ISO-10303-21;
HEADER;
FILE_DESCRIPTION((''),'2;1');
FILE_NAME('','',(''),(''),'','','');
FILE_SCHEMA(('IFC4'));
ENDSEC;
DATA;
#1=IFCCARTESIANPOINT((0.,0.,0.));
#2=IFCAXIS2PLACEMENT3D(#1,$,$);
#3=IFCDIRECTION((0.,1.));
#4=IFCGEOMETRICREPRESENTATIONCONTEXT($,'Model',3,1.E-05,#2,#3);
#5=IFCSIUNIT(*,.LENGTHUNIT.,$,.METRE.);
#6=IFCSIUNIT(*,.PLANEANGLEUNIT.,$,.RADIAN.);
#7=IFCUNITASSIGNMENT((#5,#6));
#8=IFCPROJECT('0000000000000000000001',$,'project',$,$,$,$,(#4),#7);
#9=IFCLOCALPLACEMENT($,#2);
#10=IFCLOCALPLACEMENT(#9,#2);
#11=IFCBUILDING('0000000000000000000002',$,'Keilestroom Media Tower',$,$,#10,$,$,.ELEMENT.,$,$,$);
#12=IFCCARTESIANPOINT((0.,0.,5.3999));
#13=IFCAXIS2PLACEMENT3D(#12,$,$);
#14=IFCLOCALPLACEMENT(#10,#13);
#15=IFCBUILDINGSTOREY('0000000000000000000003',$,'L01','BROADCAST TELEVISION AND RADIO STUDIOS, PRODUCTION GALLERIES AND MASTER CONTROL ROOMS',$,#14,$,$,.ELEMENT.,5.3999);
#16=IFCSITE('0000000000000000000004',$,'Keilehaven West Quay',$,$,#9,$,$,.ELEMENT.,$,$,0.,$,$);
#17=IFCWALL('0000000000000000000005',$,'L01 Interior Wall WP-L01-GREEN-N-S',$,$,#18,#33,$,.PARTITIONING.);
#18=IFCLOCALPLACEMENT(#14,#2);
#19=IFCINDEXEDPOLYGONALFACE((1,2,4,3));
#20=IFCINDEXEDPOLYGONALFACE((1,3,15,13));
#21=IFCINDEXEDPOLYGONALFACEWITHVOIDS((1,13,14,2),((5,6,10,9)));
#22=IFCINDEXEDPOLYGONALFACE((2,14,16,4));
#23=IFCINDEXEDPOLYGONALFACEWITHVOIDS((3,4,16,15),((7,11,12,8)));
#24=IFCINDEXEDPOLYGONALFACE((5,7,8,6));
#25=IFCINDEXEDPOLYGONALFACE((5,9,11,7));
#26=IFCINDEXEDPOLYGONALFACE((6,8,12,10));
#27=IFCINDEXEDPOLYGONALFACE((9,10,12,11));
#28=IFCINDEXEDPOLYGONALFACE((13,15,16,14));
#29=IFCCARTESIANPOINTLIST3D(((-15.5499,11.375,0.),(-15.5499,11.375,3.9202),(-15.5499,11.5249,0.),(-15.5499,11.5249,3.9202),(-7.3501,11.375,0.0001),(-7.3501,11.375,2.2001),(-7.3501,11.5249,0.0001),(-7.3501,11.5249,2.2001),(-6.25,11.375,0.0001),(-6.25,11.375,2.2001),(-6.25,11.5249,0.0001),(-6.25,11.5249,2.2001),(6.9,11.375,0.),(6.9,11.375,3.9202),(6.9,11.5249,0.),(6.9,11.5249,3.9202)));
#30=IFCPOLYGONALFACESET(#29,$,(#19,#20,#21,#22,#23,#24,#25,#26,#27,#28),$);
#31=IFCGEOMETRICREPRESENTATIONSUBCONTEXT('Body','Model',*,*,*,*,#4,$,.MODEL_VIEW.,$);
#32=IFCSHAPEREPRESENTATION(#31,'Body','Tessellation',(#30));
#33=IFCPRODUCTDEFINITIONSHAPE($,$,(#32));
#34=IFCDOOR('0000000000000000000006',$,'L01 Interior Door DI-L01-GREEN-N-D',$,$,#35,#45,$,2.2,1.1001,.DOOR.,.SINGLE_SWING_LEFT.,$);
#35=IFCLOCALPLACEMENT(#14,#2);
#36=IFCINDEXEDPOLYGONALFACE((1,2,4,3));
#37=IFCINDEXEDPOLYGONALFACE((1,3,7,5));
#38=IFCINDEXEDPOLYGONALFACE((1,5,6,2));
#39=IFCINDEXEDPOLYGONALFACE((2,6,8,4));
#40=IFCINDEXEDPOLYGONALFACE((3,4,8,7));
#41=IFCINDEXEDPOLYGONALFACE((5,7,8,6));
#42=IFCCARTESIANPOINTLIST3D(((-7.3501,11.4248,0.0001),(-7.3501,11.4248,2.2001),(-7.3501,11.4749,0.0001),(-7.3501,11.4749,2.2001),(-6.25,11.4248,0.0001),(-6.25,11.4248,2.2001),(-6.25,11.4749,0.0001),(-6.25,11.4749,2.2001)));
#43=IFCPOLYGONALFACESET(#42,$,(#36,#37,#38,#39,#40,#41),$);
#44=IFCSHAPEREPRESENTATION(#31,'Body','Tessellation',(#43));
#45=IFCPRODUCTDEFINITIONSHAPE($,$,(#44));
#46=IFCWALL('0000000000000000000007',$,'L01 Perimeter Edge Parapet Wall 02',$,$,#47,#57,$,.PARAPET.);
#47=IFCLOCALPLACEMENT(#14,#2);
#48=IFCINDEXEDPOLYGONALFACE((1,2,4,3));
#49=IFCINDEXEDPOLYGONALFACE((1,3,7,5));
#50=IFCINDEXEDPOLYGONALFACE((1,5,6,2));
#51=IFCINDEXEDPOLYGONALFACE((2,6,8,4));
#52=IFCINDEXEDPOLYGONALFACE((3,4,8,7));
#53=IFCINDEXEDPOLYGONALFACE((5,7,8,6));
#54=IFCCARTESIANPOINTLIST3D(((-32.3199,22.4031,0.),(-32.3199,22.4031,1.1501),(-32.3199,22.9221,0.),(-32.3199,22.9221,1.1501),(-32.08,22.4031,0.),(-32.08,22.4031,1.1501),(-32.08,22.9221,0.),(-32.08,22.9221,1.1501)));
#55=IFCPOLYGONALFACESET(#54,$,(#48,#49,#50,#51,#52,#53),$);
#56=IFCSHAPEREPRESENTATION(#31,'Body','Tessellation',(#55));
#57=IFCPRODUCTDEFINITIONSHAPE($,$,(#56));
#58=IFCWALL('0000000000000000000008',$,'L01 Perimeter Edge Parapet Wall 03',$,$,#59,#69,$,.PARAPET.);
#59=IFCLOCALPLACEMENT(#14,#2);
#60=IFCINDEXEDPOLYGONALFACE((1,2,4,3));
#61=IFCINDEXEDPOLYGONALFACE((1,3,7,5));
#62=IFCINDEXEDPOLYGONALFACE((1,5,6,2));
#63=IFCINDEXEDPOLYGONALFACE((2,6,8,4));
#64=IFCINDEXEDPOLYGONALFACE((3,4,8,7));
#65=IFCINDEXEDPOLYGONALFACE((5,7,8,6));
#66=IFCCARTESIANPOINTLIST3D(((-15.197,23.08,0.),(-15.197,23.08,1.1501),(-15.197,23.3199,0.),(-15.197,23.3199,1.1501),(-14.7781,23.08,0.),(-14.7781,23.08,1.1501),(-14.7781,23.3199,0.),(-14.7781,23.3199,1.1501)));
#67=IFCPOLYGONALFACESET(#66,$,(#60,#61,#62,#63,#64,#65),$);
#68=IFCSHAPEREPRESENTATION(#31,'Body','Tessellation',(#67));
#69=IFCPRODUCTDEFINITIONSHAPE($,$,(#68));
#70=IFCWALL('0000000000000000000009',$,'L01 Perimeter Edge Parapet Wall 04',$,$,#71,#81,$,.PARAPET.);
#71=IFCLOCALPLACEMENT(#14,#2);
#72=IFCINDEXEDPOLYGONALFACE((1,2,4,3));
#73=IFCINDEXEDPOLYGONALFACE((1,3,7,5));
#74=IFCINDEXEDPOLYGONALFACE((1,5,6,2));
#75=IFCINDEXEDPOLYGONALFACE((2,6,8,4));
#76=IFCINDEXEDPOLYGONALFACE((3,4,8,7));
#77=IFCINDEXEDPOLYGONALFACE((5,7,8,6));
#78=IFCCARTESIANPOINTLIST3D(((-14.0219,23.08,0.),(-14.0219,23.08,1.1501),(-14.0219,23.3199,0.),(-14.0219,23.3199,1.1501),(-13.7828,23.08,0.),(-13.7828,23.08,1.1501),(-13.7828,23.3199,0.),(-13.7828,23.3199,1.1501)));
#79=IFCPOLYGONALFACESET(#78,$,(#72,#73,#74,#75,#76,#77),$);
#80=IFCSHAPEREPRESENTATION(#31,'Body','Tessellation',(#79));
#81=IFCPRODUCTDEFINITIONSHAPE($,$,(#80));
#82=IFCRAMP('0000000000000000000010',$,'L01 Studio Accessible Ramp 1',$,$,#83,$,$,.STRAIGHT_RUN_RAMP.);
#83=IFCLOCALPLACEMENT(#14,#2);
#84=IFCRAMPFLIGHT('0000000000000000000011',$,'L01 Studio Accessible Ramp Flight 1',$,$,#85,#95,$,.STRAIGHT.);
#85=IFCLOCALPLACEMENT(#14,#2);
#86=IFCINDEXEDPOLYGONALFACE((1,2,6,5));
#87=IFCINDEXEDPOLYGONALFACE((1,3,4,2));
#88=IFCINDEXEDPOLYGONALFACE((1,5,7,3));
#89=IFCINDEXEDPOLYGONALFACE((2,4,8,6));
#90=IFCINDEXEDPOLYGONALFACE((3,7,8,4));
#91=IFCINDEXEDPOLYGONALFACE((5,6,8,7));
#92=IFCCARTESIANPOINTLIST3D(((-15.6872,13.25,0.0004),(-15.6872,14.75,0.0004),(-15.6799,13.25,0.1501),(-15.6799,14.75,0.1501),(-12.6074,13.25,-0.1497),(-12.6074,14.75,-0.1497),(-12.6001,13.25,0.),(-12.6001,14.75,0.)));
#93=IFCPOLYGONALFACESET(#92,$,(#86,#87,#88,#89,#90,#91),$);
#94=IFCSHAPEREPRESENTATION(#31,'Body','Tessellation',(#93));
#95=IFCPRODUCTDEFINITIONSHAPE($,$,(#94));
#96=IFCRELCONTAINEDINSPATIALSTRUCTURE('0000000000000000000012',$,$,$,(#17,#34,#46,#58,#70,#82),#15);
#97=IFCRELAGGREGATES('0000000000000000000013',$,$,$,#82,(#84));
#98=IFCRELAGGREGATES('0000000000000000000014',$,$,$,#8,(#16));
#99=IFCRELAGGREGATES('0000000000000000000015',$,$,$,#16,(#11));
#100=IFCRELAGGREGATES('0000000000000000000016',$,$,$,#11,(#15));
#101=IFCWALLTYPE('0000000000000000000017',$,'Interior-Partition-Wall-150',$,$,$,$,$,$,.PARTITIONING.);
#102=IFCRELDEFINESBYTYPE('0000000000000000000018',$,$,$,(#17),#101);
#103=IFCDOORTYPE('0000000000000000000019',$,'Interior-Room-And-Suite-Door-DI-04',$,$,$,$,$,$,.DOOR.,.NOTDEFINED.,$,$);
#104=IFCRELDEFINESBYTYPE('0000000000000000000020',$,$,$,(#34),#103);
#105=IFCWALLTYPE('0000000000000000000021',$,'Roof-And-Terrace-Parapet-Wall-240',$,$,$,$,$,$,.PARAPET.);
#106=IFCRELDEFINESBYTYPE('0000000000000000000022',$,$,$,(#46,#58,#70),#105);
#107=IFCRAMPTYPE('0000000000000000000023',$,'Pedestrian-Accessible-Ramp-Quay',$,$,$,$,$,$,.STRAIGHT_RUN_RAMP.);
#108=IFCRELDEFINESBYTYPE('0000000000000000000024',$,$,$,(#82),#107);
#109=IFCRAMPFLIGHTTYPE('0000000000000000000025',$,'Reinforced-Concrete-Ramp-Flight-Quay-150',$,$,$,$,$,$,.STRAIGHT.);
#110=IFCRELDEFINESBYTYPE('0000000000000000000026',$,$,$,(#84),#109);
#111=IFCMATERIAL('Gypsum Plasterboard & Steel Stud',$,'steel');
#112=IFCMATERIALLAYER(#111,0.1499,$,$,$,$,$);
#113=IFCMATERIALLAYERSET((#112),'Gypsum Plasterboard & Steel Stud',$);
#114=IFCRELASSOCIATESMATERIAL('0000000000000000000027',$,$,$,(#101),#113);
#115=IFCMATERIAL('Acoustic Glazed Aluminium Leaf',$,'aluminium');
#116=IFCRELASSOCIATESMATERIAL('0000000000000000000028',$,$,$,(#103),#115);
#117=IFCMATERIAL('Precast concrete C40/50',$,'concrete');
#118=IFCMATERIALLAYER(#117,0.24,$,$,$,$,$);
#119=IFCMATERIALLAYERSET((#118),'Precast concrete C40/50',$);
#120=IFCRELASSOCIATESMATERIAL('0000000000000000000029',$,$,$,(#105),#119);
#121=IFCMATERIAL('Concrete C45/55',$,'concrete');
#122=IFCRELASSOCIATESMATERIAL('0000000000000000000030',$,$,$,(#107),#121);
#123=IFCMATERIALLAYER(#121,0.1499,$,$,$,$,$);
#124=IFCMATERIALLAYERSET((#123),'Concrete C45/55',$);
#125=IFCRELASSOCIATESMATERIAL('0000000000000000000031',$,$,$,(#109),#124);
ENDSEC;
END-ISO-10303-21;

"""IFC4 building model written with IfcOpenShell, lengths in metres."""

from ifc_helpers import new_model, si_unit, direction, frame, frame_2d, origin, place, context, subcontext, project, spatial, polyline, rectangle, outline, extrude, source, transform, mapped, material, layer, layer_set, type_object, element, fill, aggregate, save


model = new_model("IFC4")

# Units and contexts
model_context = context("Model", 3, precision=1e-05, world=origin(), true_north=direction((0.0, 1.0)))
body_context = subcontext(model_context, "Body", "Model", "MODEL_VIEW")
ifc_project = project(units=[si_unit("LENGTHUNIT", "METRE"), si_unit("PLANEANGLEUNIT", "RADIAN")], contexts=[model_context])

# Site, building, storey
site_placement = place(None, origin())
site = spatial("IfcSite", under=ifc_project, at=site_placement, Name="Keilehaven West Quay", CompositionType="ELEMENT", RefElevation=0.0)
building_placement = place(site_placement, origin())
building = spatial("IfcBuilding", under=site, at=building_placement, Name="Keilestroom Media Tower", CompositionType="ELEMENT")
storey_placement = place(building_placement, frame((0.0, 0.0, 5.3999)))
storey = spatial("IfcBuildingStorey", under=building, at=storey_placement, Name="L01", Description="BROADCAST TELEVISION AND RADIO STUDIOS, PRODUCTION GALLERIES AND MASTER CONTROL ROOMS", CompositionType="ELEMENT", Elevation=5.3999)

# Shared definitions
ifc_material_1 = material(Name="Precast concrete C40/50", Category="concrete")

# Shared definitions
ifc_material_2 = material(Name="Concrete C45/55", Category="concrete")

# Wall, opening, door
ifc_material_3 = material(Name="Gypsum Plasterboard & Steel Stud", Category="steel")
ifc_layer_1 = layer(ifc_material_3, 0.1499)
ifc_layer_set_1 = layer_set([ifc_layer_1], Name="Gypsum Plasterboard & Steel Stud")
wall_type_1 = type_object("IfcWallType", Name="Interior-Partition-Wall-150", PredefinedType="PARTITIONING", material=ifc_layer_set_1)
wall_1_placement = place(storey_placement, frame((-15.55, 11.45, 0.0), z_axis=(0.0, 0.0, 1.0), x_axis=(1.0, 0.0, 0.0)))
wall_1 = element("IfcWall", 1, at=wall_1_placement, inside=storey, type_object=wall_type_1, Name="L01 Interior Wall WP-L01-GREEN-N-S", PredefinedType="PARTITIONING", context=body_context, shape_type="SweptSolid", body=[
    extrude(rectangle(XDim=22.45, YDim=0.1499, at=frame_2d((11.2251, 0.0))), origin(), (0.0, 0.0, 1.0), 3.9202),
])
opening_1_placement = place(wall_1_placement, frame((8.2, 0.0, 0.0)))
opening_1 = element("IfcOpeningElement", 2, at=opening_1_placement, cuts=wall_1, PredefinedType="OPENING", context=body_context, shape_type="SweptSolid", body=[
    extrude(rectangle(XDim=1.1001, YDim=2.2, at=frame_2d((0.55, 1.1001))), frame((0.0, 0.085, 0.0), z_axis=(0.0, -1.0, 0.0), x_axis=(1.0, 0.0, 0.0)), (0.0, 0.0, 1.0), 0.1699),
])
ifc_material_4 = material(Name="Acoustic Glazed Aluminium Leaf", Category="aluminium")
door_type_1 = type_object("IfcDoorType", Name="Interior-Room-And-Suite-Door-DI-04", OperationType="NOTDEFINED", PredefinedType="DOOR", material=ifc_material_4)
shared_shape_1 = source(origin(), body_context, "Body", "SweptSolid", [
    extrude(rectangle(XDim=1.1001, YDim=2.2, at=frame_2d((0.55, 1.1001))), frame((0.0, 0.0249, 0.0), z_axis=(0.0, -1.0, 0.0), x_axis=(1.0, 0.0, 0.0)), (0.0, 0.0, 1.0), 0.05),
])
door_1_placement = place(opening_1_placement, origin())
door_1 = element("IfcDoor", 3, at=door_1_placement, inside=storey, type_object=door_type_1, Name="L01 Interior Door DI-L01-GREEN-N-D", OperationType="SINGLE_SWING_LEFT", OverallHeight=2.2, OverallWidth=1.1001, PredefinedType="DOOR", context=body_context, shape_type="MappedRepresentation", body=[
    mapped(shared_shape_1, transform((0.0, 0.0, 0.0), x_axis=(1.0, 0.0, 0.0), y_axis=(0.0, 1.0, 0.0), z_axis=(0.0, 0.0, 1.0), scale=1.0)),
])
fill(opening_1, door_1)

# Walls
ifc_layer_2 = layer(ifc_material_1, 0.24)
ifc_layer_set_2 = layer_set([ifc_layer_2], Name="Precast concrete C40/50")
wall_type_2 = type_object("IfcWallType", Name="Roof-And-Terrace-Parapet-Wall-240", PredefinedType="PARAPET", material=ifc_layer_set_2)
wall_2_placement = place(storey_placement, frame((-32.2, 22.4031, 0.0), z_axis=(0.0, 0.0, 1.0), x_axis=(0.0, 1.0, 0.0)))
element("IfcWall", 4, at=wall_2_placement, inside=storey, type_object=wall_type_2, Name="L01 Perimeter Edge Parapet Wall 02", PredefinedType="PARAPET", context=body_context, shape_type="SweptSolid", body=[
    extrude(rectangle(XDim=0.519, YDim=0.24, at=frame_2d((0.2595, 0.0))), origin(), (0.0, 0.0, 1.0), 1.1501),
])
wall_3_placement = place(storey_placement, frame((-15.197, 23.2, 0.0), z_axis=(0.0, 0.0, 1.0), x_axis=(1.0, 0.0, 0.0)))
element("IfcWall", 5, at=wall_3_placement, inside=storey, type_object=wall_type_2, Name="L01 Perimeter Edge Parapet Wall 03", PredefinedType="PARAPET", context=body_context, shape_type="SweptSolid", body=[
    extrude(rectangle(XDim=0.4189, YDim=0.24, at=frame_2d((0.2095, 0.0))), origin(), (0.0, 0.0, 1.0), 1.1501),
])
wall_4_placement = place(storey_placement, frame((-14.022, 23.2, 0.0), z_axis=(0.0, 0.0, 1.0), x_axis=(1.0, 0.0, 0.0)))
element("IfcWall", 6, at=wall_4_placement, inside=storey, type_object=wall_type_2, Name="L01 Perimeter Edge Parapet Wall 04", PredefinedType="PARAPET", context=body_context, shape_type="SweptSolid", body=[
    extrude(rectangle(XDim=0.239, YDim=0.24, at=frame_2d((0.1196, 0.0))), origin(), (0.0, 0.0, 1.0), 1.1501),
])

# Ramp, ramp flight
ramp_type = type_object("IfcRampType", Name="Pedestrian-Accessible-Ramp-Quay", PredefinedType="STRAIGHT_RUN_RAMP", material=ifc_material_2)
ramp_placement = place(storey_placement, origin())
ramp = element("IfcRamp", 7, at=ramp_placement, inside=storey, type_object=ramp_type, Name="L01 Studio Accessible Ramp 1", PredefinedType="STRAIGHT_RUN_RAMP")
ifc_layer_3 = layer(ifc_material_2, 0.1499)
ifc_layer_set_3 = layer_set([ifc_layer_3], Name="Concrete C45/55")
ramp_flight_type = type_object("IfcRampFlightType", Name="Reinforced-Concrete-Ramp-Flight-Quay-150", PredefinedType="STRAIGHT", material=ifc_layer_set_3)
ramp_flight_placement = place(storey_placement, frame((-15.6799, 13.25, 0.1501), z_axis=(0.048694, 0.0, 0.998814), x_axis=(0.998814, 0.0, -0.048694)))
ramp_flight = element("IfcRampFlight", 8, at=ramp_flight_placement, type_object=ramp_flight_type, Name="L01 Studio Accessible Ramp Flight 1", PredefinedType="STRAIGHT", context=body_context, shape_type="SweptSolid", body=[
    extrude(outline(polyline([(0.0, 0.0), (3.0835, 0.0), (3.0835, 1.5), (0.0, 1.5), (0.0, 0.0)])), origin(), (0.0, 0.0, -1.0), 0.1499),
])
aggregate(ramp, [ramp_flight])

save(model, "model.ifc")
